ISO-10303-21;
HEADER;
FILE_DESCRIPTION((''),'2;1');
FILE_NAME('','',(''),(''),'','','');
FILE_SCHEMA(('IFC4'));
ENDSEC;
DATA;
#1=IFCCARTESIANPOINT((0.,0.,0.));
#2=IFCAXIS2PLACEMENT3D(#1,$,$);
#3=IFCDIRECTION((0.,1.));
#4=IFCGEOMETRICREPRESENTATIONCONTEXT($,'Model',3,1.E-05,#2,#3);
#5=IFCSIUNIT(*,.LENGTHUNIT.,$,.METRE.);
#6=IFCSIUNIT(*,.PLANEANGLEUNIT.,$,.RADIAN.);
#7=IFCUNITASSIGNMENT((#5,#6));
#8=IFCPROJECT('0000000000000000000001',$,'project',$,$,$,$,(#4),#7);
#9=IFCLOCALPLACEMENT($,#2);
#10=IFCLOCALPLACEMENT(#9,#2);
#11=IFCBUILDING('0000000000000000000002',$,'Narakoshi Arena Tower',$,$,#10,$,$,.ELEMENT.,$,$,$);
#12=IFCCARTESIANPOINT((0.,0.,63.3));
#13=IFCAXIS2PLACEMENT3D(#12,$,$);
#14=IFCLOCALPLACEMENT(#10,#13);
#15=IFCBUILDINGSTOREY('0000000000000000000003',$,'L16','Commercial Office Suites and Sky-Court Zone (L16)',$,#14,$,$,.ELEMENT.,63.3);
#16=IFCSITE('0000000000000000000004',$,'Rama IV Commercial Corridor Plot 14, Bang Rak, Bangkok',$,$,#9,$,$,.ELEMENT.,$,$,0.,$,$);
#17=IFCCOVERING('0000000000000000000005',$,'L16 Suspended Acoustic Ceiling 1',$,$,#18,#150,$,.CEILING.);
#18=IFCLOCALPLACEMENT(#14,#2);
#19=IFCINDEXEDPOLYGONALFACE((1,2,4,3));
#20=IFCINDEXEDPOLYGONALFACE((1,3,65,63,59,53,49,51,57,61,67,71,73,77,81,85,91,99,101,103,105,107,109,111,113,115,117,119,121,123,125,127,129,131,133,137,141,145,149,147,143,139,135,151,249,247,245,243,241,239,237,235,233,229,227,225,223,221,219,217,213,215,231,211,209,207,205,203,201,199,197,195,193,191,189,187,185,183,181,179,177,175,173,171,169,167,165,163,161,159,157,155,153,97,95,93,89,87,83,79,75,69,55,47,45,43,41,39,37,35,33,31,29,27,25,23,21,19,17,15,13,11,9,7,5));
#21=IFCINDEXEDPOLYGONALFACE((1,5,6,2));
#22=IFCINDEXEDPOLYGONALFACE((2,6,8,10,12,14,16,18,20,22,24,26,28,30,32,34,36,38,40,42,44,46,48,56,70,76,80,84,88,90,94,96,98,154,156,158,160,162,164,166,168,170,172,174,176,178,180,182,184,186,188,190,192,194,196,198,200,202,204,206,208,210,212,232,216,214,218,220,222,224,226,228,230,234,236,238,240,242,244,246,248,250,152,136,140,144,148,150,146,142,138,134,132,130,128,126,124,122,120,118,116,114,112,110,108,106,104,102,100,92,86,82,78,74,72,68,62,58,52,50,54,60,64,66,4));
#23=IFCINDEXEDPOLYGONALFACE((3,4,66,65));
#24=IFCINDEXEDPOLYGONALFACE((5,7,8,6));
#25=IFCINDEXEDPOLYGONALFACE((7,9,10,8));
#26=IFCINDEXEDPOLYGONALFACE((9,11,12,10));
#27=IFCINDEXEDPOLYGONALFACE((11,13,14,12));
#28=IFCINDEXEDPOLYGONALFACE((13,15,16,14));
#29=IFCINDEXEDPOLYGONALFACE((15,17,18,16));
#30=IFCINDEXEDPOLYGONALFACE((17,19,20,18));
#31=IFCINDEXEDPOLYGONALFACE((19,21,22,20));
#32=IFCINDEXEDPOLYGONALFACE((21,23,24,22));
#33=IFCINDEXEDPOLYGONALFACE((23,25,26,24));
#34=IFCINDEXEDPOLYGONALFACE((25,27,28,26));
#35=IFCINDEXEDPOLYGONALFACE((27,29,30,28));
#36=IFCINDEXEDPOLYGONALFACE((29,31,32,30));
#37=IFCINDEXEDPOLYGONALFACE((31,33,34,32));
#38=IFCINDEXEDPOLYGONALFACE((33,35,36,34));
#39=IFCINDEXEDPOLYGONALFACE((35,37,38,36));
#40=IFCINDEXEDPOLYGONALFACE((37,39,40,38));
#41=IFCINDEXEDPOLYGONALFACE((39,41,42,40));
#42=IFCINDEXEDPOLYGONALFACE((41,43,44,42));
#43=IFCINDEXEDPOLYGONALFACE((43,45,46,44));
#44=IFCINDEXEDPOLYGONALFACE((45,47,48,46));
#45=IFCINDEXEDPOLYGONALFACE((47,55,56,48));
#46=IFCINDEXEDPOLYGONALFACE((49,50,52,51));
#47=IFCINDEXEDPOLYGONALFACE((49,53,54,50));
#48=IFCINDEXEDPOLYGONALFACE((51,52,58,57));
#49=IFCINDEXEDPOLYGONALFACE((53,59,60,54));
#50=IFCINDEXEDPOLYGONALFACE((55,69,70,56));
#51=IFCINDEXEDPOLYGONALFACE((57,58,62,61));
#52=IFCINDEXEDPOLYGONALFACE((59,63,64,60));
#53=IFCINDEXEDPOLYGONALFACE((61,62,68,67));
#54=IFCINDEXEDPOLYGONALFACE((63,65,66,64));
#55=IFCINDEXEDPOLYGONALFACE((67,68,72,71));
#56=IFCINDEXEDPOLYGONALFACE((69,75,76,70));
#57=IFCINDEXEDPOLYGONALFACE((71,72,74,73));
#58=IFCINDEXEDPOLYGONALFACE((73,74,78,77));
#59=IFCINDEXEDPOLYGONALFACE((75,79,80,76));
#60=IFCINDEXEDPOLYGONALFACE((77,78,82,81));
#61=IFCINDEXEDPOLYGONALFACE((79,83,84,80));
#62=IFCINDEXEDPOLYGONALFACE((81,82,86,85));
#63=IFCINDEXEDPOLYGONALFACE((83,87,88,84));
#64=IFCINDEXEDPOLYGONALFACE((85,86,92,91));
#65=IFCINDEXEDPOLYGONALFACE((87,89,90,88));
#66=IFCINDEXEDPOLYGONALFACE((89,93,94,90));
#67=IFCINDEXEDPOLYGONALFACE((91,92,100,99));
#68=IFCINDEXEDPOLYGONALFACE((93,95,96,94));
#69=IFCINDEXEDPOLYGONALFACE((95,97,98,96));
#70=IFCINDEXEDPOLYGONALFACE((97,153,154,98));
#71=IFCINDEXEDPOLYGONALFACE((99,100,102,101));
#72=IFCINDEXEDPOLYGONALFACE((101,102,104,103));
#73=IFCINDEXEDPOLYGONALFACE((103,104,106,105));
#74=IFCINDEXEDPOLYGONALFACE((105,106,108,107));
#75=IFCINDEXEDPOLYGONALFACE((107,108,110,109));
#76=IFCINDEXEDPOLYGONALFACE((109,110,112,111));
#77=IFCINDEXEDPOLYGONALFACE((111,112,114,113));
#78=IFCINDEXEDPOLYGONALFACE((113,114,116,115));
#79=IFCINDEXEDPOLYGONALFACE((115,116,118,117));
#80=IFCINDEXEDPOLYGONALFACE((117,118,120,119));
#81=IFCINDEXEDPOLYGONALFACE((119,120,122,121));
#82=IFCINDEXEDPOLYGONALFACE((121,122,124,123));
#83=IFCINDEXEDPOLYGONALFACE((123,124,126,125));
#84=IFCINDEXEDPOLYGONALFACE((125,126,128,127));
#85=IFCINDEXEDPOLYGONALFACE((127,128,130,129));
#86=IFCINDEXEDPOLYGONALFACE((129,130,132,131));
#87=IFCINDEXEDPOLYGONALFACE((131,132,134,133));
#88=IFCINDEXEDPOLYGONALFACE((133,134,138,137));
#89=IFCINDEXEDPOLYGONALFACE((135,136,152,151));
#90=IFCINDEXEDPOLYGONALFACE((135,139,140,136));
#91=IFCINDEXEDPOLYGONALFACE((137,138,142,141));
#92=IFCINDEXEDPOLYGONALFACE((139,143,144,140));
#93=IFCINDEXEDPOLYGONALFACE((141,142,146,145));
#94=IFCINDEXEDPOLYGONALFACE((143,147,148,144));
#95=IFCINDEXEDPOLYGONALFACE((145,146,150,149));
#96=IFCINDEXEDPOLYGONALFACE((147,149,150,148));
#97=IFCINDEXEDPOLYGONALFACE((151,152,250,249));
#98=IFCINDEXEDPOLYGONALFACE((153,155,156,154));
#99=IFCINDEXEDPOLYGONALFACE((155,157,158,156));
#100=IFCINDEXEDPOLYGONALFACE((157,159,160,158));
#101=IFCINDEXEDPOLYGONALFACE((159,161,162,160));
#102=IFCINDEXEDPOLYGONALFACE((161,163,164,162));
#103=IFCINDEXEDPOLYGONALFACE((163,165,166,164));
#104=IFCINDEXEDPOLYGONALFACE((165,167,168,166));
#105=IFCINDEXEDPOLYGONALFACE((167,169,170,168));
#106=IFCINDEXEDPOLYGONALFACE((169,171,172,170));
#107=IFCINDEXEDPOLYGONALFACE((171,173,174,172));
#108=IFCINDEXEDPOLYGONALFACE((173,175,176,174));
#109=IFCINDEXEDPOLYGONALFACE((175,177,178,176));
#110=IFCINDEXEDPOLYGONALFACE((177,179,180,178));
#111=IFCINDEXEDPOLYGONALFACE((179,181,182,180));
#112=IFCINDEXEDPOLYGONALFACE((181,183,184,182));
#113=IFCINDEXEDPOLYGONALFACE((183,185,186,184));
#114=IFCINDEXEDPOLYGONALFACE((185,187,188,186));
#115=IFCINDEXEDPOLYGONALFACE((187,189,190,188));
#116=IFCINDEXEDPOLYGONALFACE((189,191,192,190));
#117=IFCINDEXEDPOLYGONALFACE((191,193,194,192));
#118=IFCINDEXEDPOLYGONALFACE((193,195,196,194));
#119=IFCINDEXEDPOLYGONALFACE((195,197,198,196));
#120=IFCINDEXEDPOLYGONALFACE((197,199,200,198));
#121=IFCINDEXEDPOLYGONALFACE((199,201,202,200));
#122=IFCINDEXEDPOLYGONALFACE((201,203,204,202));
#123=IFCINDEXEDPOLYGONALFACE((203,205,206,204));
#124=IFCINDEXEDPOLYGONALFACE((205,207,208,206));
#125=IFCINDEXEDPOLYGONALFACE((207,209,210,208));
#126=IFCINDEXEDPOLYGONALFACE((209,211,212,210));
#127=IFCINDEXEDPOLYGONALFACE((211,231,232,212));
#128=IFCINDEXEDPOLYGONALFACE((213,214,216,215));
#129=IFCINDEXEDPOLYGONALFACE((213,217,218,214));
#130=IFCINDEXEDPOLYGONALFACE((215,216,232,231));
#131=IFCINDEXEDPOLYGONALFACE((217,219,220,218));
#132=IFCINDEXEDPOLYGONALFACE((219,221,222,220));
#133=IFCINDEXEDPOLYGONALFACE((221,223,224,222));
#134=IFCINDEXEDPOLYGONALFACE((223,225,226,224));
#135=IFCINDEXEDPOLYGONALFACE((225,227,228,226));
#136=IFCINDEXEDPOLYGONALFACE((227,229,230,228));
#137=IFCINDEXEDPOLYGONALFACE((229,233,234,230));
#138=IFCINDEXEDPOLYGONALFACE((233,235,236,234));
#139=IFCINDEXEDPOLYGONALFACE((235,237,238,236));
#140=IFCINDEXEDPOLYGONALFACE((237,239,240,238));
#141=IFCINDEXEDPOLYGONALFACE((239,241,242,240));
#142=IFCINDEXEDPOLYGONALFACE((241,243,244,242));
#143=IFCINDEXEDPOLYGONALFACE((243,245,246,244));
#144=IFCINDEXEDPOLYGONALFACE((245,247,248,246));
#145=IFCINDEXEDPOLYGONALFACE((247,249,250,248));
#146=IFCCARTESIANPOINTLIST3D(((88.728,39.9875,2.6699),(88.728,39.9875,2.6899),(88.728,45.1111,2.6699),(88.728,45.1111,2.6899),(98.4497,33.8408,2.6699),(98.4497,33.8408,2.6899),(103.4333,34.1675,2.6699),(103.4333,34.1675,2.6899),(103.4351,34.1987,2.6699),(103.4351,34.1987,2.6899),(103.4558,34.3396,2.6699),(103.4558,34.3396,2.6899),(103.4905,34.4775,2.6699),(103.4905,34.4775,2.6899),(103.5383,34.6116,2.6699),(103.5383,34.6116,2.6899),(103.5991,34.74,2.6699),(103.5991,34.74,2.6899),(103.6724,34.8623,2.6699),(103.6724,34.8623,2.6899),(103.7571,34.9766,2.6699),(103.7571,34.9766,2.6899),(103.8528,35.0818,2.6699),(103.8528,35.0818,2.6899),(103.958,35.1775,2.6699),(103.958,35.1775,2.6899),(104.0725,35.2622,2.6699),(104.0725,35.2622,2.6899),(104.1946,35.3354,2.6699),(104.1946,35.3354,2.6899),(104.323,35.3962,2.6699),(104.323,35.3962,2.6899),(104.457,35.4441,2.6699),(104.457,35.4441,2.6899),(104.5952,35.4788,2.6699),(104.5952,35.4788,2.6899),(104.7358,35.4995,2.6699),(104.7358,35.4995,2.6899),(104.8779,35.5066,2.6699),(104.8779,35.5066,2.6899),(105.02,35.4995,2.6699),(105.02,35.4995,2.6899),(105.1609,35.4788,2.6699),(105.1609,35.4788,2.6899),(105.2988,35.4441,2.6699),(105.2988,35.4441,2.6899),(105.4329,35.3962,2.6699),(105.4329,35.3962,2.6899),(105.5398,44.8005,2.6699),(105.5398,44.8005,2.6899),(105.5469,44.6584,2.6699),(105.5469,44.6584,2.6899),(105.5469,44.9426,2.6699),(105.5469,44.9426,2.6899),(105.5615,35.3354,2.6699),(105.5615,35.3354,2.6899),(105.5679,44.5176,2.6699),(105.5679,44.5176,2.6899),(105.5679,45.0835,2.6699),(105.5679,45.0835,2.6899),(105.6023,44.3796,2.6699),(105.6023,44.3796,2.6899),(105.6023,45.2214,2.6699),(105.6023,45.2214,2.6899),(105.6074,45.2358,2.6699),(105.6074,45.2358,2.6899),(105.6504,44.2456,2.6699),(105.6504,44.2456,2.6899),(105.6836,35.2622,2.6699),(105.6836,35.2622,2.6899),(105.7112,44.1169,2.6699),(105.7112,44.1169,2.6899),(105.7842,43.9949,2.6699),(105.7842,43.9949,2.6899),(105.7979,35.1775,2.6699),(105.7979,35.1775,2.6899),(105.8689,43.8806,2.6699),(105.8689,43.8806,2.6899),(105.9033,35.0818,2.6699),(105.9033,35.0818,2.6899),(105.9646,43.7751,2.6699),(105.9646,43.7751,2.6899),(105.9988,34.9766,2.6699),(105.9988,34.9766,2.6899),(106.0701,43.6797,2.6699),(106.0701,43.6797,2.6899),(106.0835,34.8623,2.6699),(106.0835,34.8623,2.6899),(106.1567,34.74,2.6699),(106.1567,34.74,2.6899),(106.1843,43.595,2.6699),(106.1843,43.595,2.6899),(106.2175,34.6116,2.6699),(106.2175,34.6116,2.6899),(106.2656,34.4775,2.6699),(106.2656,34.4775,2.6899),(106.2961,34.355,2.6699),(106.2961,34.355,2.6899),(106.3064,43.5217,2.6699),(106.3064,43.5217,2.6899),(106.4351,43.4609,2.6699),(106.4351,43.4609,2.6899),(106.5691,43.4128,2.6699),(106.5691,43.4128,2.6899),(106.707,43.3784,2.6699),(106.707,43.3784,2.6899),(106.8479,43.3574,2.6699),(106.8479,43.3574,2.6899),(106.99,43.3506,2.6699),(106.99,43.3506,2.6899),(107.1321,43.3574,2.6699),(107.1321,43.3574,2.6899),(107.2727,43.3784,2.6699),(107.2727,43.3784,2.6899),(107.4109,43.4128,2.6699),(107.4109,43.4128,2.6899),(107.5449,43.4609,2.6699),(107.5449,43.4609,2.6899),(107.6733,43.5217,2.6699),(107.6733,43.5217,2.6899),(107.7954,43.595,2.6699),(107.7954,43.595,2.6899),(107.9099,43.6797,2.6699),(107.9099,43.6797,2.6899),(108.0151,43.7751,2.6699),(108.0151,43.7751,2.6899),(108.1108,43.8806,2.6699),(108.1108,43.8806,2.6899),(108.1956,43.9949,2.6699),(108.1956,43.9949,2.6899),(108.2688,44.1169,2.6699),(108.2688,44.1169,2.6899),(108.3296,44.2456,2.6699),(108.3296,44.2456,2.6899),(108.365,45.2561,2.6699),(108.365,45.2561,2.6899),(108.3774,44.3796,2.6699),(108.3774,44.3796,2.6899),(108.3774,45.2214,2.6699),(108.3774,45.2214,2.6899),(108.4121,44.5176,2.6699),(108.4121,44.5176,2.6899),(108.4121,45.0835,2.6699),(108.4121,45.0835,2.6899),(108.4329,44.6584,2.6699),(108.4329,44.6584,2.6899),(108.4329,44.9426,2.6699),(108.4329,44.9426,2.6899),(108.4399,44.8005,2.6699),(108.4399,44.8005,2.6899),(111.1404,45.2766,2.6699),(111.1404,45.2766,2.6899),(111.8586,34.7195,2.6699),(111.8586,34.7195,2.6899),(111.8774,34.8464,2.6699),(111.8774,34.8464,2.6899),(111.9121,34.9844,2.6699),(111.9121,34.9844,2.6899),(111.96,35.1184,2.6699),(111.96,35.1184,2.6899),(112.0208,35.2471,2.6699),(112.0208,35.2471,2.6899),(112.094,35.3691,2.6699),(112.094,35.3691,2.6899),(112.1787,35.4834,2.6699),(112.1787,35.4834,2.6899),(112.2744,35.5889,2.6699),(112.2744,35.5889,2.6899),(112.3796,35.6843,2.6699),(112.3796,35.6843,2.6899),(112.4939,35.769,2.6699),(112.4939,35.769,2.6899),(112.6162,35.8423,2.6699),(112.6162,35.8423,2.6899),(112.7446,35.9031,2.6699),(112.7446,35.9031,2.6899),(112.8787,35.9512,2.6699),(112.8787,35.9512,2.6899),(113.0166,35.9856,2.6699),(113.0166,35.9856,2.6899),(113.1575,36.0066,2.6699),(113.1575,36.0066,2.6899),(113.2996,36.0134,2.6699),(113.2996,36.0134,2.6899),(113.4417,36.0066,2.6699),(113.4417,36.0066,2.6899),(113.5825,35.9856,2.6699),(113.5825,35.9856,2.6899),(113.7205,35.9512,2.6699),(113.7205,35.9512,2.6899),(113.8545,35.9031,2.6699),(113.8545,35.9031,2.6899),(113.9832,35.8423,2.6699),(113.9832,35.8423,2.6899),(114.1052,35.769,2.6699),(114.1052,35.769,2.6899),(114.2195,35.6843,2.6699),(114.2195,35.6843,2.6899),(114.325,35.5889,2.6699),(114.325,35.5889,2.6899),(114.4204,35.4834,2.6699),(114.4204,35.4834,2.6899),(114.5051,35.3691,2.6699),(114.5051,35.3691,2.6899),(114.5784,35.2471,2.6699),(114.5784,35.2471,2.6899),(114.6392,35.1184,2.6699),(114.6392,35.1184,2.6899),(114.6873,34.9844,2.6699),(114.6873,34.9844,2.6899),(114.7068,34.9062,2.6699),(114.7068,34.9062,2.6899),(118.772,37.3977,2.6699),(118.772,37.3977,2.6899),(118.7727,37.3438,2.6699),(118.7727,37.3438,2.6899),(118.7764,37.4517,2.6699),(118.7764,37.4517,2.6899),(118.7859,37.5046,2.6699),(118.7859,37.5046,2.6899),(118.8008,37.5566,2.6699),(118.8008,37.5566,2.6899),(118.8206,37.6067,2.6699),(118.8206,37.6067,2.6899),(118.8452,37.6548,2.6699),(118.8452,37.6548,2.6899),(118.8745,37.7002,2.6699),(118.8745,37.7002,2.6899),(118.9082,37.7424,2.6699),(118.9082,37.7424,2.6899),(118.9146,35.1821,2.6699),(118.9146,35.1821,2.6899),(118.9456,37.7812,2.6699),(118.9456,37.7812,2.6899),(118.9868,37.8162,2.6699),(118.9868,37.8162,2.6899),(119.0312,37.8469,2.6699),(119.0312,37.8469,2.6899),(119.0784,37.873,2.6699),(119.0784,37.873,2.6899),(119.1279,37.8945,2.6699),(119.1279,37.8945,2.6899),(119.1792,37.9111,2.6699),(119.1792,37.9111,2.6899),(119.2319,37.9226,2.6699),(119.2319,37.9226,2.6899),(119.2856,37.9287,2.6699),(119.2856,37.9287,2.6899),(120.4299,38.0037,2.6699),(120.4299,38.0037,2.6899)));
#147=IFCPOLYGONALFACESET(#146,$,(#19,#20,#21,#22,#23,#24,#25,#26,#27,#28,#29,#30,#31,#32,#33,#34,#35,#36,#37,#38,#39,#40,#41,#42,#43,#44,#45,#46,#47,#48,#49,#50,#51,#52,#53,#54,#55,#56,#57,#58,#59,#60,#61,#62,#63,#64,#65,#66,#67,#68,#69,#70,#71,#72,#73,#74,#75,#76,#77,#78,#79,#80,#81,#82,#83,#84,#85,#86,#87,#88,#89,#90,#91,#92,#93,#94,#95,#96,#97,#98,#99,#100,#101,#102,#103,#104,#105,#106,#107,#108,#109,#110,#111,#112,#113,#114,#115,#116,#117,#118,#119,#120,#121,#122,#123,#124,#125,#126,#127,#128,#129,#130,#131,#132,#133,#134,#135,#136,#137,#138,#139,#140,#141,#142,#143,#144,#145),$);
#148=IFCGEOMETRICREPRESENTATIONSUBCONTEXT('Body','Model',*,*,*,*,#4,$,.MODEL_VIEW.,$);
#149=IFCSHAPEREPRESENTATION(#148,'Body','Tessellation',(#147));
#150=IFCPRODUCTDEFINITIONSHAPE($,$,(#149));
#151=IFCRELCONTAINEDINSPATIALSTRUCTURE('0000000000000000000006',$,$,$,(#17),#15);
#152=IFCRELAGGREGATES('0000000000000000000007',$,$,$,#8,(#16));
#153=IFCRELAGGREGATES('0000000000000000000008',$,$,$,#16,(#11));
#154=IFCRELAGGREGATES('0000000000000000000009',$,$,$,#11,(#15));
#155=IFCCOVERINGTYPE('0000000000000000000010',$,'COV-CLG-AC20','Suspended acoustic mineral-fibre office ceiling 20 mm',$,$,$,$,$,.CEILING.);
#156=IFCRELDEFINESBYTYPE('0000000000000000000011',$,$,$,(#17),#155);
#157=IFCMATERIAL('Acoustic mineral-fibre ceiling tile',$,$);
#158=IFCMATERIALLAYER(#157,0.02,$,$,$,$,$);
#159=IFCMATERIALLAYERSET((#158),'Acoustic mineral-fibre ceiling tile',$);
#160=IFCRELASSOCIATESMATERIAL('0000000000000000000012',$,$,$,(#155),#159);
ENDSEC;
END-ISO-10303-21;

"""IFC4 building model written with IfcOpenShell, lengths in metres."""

from ifc_helpers import new_model, si_unit, direction, frame, origin, place, context, subcontext, project, spatial, polyline, outline, extrude, material, layer, layer_set, type_object, element, save


model = new_model("IFC4")

# Units and contexts
model_context = context("Model", 3, precision=1e-05, world=origin(), true_north=direction((0.0, 1.0)))
body_context = subcontext(model_context, "Body", "Model", "MODEL_VIEW")
ifc_project = project(units=[si_unit("LENGTHUNIT", "METRE"), si_unit("PLANEANGLEUNIT", "RADIAN")], contexts=[model_context])

# Site, building, storey
site_placement = place(None, origin())
site = spatial("IfcSite", under=ifc_project, at=site_placement, Name="Rama IV Commercial Corridor Plot 14, Bang Rak, Bangkok", CompositionType="ELEMENT", RefElevation=0.0)
building_placement = place(site_placement, origin())
building = spatial("IfcBuilding", under=site, at=building_placement, Name="Narakoshi Arena Tower", CompositionType="ELEMENT")
storey_placement = place(building_placement, frame((0.0, 0.0, 63.3)))
storey = spatial("IfcBuildingStorey", under=building, at=storey_placement, Name="L16", Description="Commercial Office Suites and Sky-Court Zone (L16)", CompositionType="ELEMENT", Elevation=63.3)

# Covering
ifc_material_1 = material(Name="Acoustic mineral-fibre ceiling tile")
ifc_layer_1 = layer(ifc_material_1, 0.02)
ifc_layer_set_1 = layer_set([ifc_layer_1], Name="Acoustic mineral-fibre ceiling tile")
covering_type_1 = type_object("IfcCoveringType", Name="COV-CLG-AC20", Description="Suspended acoustic mineral-fibre office ceiling 20 mm", PredefinedType="CEILING", material=ifc_layer_set_1)
covering_1_placement = place(storey_placement, frame((0.0, 0.0, 2.6699)))
element("IfcCovering", 1, at=covering_1_placement, inside=storey, type_object=covering_type_1, Name="L16 Suspended Acoustic Ceiling 1", PredefinedType="CEILING", context=body_context, shape_type="SweptSolid", body=[
    extrude(outline(polyline([(119.2319, 37.9226), (119.1792, 37.9111), (119.1279, 37.8945), (119.0784, 37.873), (119.0312, 37.8469), (118.9868, 37.8162), (118.9456, 37.7812), (118.9082, 37.7424), (118.8745, 37.7002), (118.8452, 37.6548), (118.8206, 37.6067), (118.8008, 37.5566), (118.7859, 37.5046), (118.7764, 37.4517), (118.772, 37.3977), (118.7727, 37.3438), (118.9146, 35.1821), (114.7068, 34.9062), (114.6873, 34.9844), (114.6392, 35.1184), (114.5784, 35.2471), (114.5051, 35.3691), (114.4204, 35.4834), (114.325, 35.5889), (114.2195, 35.6843), (114.1052, 35.769), (113.9832, 35.8423), (113.8545, 35.9031), (113.7205, 35.9512), (113.5825, 35.9856), (113.4417, 36.0066), (113.2996, 36.0134), (113.1575, 36.0066), (113.0166, 35.9856), (112.8787, 35.9512), (112.7446, 35.9031), (112.6162, 35.8423), (112.4939, 35.769), (112.3796, 35.6843), (112.2744, 35.5889), (112.1787, 35.4834), (112.094, 35.3691), (112.0208, 35.2471), (111.96, 35.1184), (111.9121, 34.9844), (111.8774, 34.8464), (111.8586, 34.7195), (106.2961, 34.355), (106.2656, 34.4775), (106.2175, 34.6116), (106.1567, 34.74), (106.0835, 34.8623), (105.9988, 34.9766), (105.9033, 35.0818), (105.7979, 35.1775), (105.6836, 35.2622), (105.5615, 35.3354), (105.4329, 35.3962), (105.2988, 35.4441), (105.1609, 35.4788), (105.02, 35.4995), (104.8779, 35.5066), (104.7358, 35.4995), (104.5952, 35.4788), (104.457, 35.4441), (104.323, 35.3962), (104.1946, 35.3354), (104.0725, 35.2622), (103.958, 35.1775), (103.8528, 35.0818), (103.7571, 34.9766), (103.6724, 34.8623), (103.5991, 34.74), (103.5383, 34.6116), (103.4905, 34.4775), (103.4558, 34.3396), (103.4351, 34.1987), (103.4333, 34.1675), (98.4497, 33.8408), (88.728, 39.9875), (88.728, 45.1111), (105.6074, 45.2358), (105.6023, 45.2214), (105.5679, 45.0835), (105.5469, 44.9426), (105.5398, 44.8005), (105.5469, 44.6584), (105.5679, 44.5176), (105.6023, 44.3796), (105.6504, 44.2456), (105.7112, 44.1169), (105.7842, 43.9949), (105.8689, 43.8806), (105.9646, 43.7751), (106.0701, 43.6797), (106.1843, 43.595), (106.3064, 43.5217), (106.4351, 43.4609), (106.5691, 43.4128), (106.707, 43.3784), (106.8479, 43.3574), (106.99, 43.3506), (107.1321, 43.3574), (107.2727, 43.3784), (107.4109, 43.4128), (107.5449, 43.4609), (107.6733, 43.5217), (107.7954, 43.595), (107.9099, 43.6797), (108.0151, 43.7751), (108.1108, 43.8806), (108.1956, 43.9949), (108.2688, 44.1169), (108.3296, 44.2456), (108.3774, 44.3796), (108.4121, 44.5176), (108.4329, 44.6584), (108.4399, 44.8005), (108.4329, 44.9426), (108.4121, 45.0835), (108.3774, 45.2214), (108.365, 45.2561), (111.1404, 45.2766), (120.4299, 38.0037), (119.2856, 37.9287), (119.2319, 37.9226)])), origin(), (0.0, 0.0, 1.0), 0.02),
])

save(model, "model.ifc")
